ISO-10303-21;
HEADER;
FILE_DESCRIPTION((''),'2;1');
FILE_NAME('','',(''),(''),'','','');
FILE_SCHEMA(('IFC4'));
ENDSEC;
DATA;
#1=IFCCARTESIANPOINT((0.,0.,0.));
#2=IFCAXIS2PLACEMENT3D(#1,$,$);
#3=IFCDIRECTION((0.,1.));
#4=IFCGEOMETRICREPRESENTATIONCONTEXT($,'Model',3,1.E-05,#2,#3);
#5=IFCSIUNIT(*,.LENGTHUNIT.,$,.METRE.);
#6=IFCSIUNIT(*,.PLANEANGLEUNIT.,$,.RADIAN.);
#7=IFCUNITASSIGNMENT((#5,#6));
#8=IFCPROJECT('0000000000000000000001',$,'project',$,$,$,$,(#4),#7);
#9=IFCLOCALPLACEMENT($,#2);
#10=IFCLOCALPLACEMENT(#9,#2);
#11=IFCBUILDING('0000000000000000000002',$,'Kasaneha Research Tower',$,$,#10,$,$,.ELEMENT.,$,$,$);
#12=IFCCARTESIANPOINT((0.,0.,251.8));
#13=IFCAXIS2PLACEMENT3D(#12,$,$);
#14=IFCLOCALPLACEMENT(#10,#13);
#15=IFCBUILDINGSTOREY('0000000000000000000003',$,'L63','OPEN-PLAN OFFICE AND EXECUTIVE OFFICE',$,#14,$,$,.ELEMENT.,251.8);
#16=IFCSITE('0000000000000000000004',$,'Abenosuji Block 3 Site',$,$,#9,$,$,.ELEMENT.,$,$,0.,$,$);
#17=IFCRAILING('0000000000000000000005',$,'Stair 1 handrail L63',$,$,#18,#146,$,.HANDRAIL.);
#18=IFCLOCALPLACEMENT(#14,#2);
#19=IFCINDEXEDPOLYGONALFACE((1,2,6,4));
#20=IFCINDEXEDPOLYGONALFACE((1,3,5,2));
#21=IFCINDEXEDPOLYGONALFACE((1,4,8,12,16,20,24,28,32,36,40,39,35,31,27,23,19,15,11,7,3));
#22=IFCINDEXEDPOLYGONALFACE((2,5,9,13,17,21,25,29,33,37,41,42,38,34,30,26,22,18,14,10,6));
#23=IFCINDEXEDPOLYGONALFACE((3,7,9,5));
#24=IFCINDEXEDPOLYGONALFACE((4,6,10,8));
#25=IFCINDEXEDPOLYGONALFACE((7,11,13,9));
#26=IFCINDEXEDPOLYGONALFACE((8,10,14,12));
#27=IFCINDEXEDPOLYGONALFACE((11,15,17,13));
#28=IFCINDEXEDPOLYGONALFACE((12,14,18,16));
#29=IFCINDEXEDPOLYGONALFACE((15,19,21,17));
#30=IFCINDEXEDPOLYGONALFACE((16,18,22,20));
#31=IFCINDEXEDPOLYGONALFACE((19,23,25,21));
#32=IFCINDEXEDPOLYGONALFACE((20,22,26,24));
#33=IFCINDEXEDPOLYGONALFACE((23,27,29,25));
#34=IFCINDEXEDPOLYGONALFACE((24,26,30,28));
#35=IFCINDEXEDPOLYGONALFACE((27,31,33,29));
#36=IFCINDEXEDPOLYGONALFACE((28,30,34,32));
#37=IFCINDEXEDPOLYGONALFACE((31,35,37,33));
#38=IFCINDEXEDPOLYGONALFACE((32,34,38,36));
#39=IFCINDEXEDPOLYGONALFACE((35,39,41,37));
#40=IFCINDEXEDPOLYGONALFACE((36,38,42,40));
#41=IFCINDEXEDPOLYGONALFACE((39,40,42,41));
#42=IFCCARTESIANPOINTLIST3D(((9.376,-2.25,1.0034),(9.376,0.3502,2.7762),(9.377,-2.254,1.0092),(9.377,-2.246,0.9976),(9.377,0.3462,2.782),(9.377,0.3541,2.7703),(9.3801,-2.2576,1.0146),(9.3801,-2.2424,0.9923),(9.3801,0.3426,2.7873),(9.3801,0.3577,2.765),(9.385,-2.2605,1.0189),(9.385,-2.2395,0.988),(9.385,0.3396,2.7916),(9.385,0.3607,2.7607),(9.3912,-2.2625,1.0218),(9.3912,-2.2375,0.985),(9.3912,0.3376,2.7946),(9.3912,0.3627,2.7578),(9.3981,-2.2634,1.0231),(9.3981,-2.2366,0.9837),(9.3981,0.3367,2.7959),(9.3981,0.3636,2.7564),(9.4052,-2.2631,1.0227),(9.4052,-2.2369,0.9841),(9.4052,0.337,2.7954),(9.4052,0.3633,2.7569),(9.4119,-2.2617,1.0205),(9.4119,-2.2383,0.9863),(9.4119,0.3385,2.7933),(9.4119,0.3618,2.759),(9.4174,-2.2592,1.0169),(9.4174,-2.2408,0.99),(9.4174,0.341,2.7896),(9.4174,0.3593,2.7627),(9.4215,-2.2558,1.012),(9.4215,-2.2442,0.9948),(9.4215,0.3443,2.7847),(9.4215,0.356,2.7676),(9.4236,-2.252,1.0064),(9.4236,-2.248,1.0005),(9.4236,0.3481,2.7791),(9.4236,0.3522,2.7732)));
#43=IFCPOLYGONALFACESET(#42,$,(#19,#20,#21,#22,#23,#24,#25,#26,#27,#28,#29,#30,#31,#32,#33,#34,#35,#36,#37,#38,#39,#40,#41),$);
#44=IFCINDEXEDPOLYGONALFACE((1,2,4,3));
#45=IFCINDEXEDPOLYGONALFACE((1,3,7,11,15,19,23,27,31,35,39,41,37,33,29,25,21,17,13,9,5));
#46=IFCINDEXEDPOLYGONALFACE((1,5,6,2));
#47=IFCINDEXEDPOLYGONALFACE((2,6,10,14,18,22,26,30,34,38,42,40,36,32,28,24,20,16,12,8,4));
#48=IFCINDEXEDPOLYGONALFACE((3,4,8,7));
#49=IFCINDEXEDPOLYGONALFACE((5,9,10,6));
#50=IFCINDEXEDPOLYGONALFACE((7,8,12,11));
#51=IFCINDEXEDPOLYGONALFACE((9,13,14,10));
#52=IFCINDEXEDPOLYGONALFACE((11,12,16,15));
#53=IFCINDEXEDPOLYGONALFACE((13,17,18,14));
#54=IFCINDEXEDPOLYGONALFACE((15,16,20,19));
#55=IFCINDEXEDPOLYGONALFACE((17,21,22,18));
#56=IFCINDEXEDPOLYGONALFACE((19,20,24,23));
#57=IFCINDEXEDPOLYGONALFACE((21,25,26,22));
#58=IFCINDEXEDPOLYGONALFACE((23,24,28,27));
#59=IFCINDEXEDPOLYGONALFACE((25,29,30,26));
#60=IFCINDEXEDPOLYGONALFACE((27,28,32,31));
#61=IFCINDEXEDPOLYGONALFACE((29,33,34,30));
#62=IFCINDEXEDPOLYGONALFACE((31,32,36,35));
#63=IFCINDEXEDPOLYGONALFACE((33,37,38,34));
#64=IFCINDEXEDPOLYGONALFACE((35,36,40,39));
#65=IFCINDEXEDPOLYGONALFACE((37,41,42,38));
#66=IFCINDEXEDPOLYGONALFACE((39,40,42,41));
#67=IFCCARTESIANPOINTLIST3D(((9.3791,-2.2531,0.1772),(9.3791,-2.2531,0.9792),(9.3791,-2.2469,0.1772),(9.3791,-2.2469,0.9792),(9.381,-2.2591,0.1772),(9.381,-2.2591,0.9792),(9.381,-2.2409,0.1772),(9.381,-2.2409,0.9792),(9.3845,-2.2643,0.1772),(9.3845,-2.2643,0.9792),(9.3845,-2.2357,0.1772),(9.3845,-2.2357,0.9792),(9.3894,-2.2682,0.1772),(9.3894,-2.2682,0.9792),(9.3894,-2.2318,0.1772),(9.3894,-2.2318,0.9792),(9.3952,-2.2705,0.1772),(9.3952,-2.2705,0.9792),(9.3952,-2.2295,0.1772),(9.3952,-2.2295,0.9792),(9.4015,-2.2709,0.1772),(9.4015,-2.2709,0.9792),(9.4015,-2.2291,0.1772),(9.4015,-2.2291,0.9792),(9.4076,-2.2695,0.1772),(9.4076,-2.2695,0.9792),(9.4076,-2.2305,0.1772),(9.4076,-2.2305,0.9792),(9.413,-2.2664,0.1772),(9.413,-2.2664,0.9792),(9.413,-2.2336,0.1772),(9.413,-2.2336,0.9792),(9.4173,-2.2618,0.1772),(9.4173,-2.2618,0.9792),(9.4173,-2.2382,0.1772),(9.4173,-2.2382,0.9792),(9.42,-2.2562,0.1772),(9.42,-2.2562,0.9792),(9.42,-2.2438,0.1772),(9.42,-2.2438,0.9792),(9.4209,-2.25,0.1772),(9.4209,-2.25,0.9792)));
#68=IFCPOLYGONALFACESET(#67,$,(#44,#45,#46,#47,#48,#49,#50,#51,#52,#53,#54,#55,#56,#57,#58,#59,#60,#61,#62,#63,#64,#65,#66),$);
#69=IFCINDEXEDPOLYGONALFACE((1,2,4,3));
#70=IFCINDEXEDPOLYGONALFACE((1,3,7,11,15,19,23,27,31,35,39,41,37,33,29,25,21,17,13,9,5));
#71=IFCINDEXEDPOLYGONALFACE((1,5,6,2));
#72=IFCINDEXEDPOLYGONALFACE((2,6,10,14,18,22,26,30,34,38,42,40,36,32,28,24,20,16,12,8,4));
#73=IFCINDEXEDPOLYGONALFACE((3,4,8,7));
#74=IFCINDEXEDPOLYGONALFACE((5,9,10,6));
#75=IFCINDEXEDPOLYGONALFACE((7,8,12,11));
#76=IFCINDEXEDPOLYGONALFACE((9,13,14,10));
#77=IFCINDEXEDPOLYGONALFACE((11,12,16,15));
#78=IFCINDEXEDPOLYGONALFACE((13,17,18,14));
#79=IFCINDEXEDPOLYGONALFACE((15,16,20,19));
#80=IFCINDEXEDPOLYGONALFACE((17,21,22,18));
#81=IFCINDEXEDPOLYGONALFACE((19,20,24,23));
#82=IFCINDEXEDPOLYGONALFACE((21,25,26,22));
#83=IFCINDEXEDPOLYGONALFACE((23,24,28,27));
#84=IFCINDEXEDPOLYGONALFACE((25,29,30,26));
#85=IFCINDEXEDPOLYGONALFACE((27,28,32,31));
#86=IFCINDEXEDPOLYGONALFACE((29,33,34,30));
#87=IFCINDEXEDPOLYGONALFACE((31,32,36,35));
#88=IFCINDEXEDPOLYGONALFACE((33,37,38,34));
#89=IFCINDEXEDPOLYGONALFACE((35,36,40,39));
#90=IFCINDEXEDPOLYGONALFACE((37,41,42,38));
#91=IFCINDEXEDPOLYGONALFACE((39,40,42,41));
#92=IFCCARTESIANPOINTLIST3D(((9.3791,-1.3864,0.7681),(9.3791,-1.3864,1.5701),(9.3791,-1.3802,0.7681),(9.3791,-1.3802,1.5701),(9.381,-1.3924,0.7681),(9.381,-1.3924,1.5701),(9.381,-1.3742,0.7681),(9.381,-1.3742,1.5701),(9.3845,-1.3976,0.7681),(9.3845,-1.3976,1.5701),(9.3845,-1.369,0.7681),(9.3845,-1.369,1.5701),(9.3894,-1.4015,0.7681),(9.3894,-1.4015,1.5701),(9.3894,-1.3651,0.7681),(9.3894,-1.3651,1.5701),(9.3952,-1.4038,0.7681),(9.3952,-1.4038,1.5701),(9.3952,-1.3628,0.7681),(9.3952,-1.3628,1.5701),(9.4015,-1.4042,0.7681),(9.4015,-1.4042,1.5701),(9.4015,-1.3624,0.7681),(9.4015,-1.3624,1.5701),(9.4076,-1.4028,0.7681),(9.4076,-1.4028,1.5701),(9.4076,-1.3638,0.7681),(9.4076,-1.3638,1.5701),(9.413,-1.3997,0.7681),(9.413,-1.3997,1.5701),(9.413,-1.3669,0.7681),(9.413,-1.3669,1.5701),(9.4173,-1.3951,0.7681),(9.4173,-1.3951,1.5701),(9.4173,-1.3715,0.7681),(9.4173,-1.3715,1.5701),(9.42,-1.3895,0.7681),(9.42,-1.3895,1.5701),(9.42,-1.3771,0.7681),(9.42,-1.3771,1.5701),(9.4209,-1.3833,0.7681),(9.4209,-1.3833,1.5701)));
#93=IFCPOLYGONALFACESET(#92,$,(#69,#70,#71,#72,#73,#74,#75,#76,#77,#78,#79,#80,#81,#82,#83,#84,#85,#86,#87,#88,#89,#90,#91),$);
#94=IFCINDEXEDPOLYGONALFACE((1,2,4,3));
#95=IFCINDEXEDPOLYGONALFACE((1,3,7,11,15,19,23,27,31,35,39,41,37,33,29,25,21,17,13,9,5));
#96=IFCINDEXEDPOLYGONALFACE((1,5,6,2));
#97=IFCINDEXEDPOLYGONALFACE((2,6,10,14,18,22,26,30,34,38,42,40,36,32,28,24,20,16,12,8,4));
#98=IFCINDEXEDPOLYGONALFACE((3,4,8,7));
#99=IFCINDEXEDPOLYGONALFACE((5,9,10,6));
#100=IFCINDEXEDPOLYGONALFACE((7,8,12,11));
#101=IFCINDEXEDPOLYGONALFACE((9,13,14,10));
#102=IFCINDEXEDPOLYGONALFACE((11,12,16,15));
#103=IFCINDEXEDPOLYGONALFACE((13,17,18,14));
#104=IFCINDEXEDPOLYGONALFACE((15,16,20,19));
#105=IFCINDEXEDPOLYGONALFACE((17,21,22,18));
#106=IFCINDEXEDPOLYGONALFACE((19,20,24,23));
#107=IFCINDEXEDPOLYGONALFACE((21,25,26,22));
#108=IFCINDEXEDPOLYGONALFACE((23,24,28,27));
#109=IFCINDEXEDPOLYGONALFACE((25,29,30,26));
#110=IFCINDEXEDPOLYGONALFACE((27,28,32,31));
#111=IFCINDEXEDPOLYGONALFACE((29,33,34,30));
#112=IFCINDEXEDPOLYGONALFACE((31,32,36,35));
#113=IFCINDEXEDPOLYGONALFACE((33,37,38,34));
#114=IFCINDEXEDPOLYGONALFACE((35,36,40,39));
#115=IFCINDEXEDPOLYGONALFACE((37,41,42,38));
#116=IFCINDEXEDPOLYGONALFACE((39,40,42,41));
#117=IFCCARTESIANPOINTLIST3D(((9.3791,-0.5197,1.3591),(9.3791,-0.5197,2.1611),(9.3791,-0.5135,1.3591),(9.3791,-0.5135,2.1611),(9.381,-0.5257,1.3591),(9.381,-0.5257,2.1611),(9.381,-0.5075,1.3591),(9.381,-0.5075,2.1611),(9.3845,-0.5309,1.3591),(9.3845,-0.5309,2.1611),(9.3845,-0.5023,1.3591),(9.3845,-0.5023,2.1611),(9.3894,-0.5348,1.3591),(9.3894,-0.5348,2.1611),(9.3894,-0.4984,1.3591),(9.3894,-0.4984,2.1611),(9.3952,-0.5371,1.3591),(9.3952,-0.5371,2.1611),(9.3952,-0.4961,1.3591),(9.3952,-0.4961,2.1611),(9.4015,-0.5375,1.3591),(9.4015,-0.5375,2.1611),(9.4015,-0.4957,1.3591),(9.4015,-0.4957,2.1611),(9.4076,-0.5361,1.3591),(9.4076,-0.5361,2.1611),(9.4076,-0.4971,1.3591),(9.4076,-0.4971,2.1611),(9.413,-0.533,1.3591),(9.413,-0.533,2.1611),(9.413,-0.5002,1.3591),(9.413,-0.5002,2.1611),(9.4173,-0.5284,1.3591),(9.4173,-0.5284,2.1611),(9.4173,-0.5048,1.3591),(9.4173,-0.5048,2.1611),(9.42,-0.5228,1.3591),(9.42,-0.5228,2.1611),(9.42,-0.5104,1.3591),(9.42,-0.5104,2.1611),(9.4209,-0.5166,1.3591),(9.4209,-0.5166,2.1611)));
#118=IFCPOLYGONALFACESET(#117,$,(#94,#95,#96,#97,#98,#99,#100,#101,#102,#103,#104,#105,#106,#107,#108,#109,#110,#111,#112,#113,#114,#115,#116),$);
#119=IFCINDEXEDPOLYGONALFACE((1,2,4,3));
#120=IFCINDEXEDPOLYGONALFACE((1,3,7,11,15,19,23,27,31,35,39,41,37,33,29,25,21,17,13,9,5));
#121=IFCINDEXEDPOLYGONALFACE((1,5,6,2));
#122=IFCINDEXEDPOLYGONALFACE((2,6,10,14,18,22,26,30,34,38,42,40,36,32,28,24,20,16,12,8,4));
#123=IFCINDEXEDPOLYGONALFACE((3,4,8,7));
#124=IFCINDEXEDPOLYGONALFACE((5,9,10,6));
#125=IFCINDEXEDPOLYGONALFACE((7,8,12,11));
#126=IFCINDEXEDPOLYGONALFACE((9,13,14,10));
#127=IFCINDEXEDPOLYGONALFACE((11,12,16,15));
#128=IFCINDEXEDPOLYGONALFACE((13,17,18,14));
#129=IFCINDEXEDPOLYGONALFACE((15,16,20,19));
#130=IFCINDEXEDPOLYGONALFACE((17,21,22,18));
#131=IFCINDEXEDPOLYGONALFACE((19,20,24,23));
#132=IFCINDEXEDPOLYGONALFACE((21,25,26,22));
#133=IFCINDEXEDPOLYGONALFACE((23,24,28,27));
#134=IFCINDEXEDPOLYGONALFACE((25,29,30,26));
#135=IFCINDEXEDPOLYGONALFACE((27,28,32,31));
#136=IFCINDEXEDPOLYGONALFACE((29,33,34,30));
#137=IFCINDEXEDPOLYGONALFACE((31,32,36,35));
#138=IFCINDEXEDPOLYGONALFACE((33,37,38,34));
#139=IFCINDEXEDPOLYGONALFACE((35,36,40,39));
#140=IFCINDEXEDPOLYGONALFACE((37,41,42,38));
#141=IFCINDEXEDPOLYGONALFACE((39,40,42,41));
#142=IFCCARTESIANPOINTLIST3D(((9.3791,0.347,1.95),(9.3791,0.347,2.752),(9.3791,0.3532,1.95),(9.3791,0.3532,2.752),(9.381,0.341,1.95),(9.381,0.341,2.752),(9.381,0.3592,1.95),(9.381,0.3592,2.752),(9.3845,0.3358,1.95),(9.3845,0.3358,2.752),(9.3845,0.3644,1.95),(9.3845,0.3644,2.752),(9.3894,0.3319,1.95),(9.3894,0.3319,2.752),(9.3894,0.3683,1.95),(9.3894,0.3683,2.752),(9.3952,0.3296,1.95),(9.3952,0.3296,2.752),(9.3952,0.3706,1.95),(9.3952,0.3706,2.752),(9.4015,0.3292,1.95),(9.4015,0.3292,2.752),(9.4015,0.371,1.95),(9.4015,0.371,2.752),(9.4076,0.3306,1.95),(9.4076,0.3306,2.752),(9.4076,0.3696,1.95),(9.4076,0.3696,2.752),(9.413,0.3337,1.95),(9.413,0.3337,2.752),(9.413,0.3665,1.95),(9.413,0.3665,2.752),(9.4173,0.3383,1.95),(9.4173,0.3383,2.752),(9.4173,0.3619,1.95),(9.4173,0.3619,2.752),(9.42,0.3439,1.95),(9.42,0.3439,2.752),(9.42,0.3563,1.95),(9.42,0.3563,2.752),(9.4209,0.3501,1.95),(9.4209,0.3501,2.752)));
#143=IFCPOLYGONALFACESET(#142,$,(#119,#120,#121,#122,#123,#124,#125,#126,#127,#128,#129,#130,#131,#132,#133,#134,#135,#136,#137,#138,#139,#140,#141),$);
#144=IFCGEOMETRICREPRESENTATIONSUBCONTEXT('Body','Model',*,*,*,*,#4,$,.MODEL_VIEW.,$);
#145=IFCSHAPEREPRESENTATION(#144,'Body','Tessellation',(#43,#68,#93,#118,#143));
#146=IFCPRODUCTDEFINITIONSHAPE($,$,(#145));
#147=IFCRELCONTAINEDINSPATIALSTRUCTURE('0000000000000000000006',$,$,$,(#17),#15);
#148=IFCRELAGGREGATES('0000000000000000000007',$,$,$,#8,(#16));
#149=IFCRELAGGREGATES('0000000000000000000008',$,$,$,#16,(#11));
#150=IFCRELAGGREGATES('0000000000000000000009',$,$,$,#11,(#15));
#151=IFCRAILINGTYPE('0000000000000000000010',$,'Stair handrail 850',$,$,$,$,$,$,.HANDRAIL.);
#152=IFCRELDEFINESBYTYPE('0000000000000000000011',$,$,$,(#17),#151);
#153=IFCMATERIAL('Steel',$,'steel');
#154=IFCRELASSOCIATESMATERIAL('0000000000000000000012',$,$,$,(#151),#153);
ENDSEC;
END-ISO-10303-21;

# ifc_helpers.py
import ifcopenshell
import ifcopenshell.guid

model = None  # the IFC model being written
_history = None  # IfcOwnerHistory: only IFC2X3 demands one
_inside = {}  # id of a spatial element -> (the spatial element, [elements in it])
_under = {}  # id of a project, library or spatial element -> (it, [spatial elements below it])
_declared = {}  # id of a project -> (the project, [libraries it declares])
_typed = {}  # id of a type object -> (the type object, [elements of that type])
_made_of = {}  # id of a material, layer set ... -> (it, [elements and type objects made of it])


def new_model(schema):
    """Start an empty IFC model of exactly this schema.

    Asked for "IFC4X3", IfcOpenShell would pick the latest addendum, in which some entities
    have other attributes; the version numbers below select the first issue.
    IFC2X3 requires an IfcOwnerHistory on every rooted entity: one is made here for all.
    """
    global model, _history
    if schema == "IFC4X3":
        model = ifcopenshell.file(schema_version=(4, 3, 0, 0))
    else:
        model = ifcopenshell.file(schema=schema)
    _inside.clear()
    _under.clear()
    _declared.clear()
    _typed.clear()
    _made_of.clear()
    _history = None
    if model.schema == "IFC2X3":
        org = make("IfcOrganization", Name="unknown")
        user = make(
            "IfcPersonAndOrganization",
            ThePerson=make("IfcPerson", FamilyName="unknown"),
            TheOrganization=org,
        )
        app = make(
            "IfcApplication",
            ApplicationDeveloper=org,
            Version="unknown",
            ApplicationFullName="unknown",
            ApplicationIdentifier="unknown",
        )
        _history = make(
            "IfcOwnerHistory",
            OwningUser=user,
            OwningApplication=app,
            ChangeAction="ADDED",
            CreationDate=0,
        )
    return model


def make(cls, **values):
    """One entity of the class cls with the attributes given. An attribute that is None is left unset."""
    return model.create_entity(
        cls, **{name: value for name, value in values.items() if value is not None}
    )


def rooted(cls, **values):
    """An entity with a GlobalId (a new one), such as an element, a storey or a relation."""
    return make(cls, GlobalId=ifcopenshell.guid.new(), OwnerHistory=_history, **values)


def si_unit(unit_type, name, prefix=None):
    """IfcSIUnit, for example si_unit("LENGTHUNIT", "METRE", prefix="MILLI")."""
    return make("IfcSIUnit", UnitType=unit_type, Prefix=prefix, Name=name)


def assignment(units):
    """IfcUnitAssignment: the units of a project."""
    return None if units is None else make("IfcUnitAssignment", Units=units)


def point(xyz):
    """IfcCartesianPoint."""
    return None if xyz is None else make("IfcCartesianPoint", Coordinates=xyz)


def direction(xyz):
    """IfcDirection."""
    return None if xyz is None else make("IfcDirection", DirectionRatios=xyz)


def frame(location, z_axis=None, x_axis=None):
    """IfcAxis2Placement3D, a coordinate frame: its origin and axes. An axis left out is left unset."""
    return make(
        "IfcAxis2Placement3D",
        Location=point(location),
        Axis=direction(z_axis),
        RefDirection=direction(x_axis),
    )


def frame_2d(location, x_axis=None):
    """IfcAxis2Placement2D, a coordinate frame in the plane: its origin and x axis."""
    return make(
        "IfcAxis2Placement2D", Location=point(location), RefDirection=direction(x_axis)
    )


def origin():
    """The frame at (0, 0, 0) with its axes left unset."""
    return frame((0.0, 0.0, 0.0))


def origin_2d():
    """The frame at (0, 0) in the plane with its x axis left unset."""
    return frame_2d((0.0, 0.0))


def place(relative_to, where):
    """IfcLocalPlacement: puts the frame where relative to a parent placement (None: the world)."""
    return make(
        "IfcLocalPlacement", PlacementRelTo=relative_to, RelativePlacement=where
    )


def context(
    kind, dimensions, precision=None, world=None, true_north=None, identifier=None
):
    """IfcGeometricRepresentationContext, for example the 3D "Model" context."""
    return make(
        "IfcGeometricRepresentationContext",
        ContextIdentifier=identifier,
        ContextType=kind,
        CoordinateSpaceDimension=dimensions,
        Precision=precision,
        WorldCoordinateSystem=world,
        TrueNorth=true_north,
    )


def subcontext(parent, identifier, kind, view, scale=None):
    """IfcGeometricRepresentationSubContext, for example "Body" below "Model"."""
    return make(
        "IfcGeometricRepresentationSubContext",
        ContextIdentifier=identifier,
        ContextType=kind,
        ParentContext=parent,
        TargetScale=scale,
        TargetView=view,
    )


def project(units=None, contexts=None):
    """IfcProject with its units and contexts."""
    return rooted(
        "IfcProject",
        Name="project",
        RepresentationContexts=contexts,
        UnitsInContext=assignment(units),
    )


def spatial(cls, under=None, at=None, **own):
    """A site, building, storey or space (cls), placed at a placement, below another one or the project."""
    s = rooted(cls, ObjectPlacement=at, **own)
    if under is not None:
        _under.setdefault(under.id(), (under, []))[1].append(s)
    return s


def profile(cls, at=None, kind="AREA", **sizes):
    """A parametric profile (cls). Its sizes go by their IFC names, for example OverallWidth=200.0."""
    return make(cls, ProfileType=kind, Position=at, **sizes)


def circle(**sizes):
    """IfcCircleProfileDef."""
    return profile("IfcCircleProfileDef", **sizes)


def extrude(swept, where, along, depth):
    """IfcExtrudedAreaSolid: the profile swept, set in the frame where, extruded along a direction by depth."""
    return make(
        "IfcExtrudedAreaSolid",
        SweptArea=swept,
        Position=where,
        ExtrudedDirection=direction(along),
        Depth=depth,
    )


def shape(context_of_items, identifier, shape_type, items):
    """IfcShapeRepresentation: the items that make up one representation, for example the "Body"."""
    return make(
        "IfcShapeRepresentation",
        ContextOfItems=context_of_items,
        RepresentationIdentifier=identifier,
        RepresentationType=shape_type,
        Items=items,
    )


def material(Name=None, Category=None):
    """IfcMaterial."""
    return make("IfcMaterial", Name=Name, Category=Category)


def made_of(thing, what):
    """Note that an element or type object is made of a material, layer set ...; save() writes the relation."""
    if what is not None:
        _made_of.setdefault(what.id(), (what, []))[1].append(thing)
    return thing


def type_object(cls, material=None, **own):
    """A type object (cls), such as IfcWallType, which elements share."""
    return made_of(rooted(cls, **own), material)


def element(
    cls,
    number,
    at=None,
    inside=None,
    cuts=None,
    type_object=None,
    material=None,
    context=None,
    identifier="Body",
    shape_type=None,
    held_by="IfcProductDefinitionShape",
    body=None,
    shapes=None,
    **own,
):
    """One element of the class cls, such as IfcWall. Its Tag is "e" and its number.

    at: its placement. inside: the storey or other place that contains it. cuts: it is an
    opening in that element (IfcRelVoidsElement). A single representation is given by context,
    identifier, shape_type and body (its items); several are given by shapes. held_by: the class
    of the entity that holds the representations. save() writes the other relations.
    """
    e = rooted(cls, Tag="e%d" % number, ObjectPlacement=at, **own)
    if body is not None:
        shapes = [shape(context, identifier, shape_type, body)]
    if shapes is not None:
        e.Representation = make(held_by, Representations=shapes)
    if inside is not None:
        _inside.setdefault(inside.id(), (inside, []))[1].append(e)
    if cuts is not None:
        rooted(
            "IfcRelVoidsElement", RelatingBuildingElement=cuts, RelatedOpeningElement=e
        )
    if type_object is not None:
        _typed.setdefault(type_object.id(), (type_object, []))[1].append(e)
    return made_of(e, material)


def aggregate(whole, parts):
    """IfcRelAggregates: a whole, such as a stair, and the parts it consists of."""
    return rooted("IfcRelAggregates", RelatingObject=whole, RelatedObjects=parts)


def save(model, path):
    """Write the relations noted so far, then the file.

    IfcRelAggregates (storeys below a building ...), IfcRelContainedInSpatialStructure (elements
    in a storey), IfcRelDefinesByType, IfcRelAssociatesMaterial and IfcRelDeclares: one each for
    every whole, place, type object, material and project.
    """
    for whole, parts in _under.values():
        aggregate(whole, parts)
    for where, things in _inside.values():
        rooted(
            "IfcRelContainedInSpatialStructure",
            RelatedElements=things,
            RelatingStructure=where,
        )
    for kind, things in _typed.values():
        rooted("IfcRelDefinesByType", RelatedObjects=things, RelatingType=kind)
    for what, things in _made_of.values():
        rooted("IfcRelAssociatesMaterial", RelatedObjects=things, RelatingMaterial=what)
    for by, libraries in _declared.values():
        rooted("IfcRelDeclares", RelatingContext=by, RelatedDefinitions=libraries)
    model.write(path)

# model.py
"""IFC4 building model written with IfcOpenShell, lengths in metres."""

from ifc_helpers import new_model, si_unit, direction, frame, origin, origin_2d, place, context, subcontext, project, spatial, circle, extrude, material, type_object, element, save


model = new_model("IFC4")

# Units and contexts
model_context = context("Model", 3, precision=1e-05, world=origin(), true_north=direction((0.0, 1.0)))
body_context = subcontext(model_context, "Body", "Model", "MODEL_VIEW")
ifc_project = project(units=[si_unit("LENGTHUNIT", "METRE"), si_unit("PLANEANGLEUNIT", "RADIAN")], contexts=[model_context])

# Site, building, storey
site_placement = place(None, origin())
site = spatial("IfcSite", under=ifc_project, at=site_placement, Name="Abenosuji Block 3 Site", CompositionType="ELEMENT", RefElevation=0.0)
building_placement = place(site_placement, origin())
building = spatial("IfcBuilding", under=site, at=building_placement, Name="Kasaneha Research Tower", CompositionType="ELEMENT")
storey_placement = place(building_placement, frame((0.0, 0.0, 251.8)))
storey = spatial("IfcBuildingStorey", under=building, at=storey_placement, Name="L63", Description="OPEN-PLAN OFFICE AND EXECUTIVE OFFICE", CompositionType="ELEMENT", Elevation=251.8)

# Railing
ifc_material_1 = material(Name="Steel", Category="steel")
railing_type_1 = type_object("IfcRailingType", Name="Stair handrail 850", PredefinedType="HANDRAIL", material=ifc_material_1)
railing_1_placement = place(storey_placement, frame((9.3999, -2.25, 0.1772)))
element("IfcRailing", 1, at=railing_1_placement, inside=storey, type_object=railing_type_1, Name="Stair 1 handrail L63", PredefinedType="HANDRAIL", context=body_context, shape_type="SweptSolid", body=[
    extrude(circle(Radius=0.0239, at=origin_2d()), frame((0.0, 0.0, 0.8262), z_axis=(0.0, 0.82624, 0.563318), x_axis=(-1.0, 0.0, 0.0)), (0.0, 0.0, 1.0), 3.147),
    extrude(circle(Radius=0.021, at=origin_2d()), origin(), (0.0, 0.0, 1.0), 0.802),
    extrude(circle(Radius=0.021, at=origin_2d()), frame((0.0, 0.8667, 0.5908)), (0.0, 0.0, 1.0), 0.802),
    extrude(circle(Radius=0.021, at=origin_2d()), frame((0.0, 1.7334, 1.1819)), (0.0, 0.0, 1.0), 0.802),
    extrude(circle(Radius=0.021, at=origin_2d()), frame((0.0, 2.6001, 1.7727)), (0.0, 0.0, 1.0), 0.802),
])

save(model, "model.ifc")
